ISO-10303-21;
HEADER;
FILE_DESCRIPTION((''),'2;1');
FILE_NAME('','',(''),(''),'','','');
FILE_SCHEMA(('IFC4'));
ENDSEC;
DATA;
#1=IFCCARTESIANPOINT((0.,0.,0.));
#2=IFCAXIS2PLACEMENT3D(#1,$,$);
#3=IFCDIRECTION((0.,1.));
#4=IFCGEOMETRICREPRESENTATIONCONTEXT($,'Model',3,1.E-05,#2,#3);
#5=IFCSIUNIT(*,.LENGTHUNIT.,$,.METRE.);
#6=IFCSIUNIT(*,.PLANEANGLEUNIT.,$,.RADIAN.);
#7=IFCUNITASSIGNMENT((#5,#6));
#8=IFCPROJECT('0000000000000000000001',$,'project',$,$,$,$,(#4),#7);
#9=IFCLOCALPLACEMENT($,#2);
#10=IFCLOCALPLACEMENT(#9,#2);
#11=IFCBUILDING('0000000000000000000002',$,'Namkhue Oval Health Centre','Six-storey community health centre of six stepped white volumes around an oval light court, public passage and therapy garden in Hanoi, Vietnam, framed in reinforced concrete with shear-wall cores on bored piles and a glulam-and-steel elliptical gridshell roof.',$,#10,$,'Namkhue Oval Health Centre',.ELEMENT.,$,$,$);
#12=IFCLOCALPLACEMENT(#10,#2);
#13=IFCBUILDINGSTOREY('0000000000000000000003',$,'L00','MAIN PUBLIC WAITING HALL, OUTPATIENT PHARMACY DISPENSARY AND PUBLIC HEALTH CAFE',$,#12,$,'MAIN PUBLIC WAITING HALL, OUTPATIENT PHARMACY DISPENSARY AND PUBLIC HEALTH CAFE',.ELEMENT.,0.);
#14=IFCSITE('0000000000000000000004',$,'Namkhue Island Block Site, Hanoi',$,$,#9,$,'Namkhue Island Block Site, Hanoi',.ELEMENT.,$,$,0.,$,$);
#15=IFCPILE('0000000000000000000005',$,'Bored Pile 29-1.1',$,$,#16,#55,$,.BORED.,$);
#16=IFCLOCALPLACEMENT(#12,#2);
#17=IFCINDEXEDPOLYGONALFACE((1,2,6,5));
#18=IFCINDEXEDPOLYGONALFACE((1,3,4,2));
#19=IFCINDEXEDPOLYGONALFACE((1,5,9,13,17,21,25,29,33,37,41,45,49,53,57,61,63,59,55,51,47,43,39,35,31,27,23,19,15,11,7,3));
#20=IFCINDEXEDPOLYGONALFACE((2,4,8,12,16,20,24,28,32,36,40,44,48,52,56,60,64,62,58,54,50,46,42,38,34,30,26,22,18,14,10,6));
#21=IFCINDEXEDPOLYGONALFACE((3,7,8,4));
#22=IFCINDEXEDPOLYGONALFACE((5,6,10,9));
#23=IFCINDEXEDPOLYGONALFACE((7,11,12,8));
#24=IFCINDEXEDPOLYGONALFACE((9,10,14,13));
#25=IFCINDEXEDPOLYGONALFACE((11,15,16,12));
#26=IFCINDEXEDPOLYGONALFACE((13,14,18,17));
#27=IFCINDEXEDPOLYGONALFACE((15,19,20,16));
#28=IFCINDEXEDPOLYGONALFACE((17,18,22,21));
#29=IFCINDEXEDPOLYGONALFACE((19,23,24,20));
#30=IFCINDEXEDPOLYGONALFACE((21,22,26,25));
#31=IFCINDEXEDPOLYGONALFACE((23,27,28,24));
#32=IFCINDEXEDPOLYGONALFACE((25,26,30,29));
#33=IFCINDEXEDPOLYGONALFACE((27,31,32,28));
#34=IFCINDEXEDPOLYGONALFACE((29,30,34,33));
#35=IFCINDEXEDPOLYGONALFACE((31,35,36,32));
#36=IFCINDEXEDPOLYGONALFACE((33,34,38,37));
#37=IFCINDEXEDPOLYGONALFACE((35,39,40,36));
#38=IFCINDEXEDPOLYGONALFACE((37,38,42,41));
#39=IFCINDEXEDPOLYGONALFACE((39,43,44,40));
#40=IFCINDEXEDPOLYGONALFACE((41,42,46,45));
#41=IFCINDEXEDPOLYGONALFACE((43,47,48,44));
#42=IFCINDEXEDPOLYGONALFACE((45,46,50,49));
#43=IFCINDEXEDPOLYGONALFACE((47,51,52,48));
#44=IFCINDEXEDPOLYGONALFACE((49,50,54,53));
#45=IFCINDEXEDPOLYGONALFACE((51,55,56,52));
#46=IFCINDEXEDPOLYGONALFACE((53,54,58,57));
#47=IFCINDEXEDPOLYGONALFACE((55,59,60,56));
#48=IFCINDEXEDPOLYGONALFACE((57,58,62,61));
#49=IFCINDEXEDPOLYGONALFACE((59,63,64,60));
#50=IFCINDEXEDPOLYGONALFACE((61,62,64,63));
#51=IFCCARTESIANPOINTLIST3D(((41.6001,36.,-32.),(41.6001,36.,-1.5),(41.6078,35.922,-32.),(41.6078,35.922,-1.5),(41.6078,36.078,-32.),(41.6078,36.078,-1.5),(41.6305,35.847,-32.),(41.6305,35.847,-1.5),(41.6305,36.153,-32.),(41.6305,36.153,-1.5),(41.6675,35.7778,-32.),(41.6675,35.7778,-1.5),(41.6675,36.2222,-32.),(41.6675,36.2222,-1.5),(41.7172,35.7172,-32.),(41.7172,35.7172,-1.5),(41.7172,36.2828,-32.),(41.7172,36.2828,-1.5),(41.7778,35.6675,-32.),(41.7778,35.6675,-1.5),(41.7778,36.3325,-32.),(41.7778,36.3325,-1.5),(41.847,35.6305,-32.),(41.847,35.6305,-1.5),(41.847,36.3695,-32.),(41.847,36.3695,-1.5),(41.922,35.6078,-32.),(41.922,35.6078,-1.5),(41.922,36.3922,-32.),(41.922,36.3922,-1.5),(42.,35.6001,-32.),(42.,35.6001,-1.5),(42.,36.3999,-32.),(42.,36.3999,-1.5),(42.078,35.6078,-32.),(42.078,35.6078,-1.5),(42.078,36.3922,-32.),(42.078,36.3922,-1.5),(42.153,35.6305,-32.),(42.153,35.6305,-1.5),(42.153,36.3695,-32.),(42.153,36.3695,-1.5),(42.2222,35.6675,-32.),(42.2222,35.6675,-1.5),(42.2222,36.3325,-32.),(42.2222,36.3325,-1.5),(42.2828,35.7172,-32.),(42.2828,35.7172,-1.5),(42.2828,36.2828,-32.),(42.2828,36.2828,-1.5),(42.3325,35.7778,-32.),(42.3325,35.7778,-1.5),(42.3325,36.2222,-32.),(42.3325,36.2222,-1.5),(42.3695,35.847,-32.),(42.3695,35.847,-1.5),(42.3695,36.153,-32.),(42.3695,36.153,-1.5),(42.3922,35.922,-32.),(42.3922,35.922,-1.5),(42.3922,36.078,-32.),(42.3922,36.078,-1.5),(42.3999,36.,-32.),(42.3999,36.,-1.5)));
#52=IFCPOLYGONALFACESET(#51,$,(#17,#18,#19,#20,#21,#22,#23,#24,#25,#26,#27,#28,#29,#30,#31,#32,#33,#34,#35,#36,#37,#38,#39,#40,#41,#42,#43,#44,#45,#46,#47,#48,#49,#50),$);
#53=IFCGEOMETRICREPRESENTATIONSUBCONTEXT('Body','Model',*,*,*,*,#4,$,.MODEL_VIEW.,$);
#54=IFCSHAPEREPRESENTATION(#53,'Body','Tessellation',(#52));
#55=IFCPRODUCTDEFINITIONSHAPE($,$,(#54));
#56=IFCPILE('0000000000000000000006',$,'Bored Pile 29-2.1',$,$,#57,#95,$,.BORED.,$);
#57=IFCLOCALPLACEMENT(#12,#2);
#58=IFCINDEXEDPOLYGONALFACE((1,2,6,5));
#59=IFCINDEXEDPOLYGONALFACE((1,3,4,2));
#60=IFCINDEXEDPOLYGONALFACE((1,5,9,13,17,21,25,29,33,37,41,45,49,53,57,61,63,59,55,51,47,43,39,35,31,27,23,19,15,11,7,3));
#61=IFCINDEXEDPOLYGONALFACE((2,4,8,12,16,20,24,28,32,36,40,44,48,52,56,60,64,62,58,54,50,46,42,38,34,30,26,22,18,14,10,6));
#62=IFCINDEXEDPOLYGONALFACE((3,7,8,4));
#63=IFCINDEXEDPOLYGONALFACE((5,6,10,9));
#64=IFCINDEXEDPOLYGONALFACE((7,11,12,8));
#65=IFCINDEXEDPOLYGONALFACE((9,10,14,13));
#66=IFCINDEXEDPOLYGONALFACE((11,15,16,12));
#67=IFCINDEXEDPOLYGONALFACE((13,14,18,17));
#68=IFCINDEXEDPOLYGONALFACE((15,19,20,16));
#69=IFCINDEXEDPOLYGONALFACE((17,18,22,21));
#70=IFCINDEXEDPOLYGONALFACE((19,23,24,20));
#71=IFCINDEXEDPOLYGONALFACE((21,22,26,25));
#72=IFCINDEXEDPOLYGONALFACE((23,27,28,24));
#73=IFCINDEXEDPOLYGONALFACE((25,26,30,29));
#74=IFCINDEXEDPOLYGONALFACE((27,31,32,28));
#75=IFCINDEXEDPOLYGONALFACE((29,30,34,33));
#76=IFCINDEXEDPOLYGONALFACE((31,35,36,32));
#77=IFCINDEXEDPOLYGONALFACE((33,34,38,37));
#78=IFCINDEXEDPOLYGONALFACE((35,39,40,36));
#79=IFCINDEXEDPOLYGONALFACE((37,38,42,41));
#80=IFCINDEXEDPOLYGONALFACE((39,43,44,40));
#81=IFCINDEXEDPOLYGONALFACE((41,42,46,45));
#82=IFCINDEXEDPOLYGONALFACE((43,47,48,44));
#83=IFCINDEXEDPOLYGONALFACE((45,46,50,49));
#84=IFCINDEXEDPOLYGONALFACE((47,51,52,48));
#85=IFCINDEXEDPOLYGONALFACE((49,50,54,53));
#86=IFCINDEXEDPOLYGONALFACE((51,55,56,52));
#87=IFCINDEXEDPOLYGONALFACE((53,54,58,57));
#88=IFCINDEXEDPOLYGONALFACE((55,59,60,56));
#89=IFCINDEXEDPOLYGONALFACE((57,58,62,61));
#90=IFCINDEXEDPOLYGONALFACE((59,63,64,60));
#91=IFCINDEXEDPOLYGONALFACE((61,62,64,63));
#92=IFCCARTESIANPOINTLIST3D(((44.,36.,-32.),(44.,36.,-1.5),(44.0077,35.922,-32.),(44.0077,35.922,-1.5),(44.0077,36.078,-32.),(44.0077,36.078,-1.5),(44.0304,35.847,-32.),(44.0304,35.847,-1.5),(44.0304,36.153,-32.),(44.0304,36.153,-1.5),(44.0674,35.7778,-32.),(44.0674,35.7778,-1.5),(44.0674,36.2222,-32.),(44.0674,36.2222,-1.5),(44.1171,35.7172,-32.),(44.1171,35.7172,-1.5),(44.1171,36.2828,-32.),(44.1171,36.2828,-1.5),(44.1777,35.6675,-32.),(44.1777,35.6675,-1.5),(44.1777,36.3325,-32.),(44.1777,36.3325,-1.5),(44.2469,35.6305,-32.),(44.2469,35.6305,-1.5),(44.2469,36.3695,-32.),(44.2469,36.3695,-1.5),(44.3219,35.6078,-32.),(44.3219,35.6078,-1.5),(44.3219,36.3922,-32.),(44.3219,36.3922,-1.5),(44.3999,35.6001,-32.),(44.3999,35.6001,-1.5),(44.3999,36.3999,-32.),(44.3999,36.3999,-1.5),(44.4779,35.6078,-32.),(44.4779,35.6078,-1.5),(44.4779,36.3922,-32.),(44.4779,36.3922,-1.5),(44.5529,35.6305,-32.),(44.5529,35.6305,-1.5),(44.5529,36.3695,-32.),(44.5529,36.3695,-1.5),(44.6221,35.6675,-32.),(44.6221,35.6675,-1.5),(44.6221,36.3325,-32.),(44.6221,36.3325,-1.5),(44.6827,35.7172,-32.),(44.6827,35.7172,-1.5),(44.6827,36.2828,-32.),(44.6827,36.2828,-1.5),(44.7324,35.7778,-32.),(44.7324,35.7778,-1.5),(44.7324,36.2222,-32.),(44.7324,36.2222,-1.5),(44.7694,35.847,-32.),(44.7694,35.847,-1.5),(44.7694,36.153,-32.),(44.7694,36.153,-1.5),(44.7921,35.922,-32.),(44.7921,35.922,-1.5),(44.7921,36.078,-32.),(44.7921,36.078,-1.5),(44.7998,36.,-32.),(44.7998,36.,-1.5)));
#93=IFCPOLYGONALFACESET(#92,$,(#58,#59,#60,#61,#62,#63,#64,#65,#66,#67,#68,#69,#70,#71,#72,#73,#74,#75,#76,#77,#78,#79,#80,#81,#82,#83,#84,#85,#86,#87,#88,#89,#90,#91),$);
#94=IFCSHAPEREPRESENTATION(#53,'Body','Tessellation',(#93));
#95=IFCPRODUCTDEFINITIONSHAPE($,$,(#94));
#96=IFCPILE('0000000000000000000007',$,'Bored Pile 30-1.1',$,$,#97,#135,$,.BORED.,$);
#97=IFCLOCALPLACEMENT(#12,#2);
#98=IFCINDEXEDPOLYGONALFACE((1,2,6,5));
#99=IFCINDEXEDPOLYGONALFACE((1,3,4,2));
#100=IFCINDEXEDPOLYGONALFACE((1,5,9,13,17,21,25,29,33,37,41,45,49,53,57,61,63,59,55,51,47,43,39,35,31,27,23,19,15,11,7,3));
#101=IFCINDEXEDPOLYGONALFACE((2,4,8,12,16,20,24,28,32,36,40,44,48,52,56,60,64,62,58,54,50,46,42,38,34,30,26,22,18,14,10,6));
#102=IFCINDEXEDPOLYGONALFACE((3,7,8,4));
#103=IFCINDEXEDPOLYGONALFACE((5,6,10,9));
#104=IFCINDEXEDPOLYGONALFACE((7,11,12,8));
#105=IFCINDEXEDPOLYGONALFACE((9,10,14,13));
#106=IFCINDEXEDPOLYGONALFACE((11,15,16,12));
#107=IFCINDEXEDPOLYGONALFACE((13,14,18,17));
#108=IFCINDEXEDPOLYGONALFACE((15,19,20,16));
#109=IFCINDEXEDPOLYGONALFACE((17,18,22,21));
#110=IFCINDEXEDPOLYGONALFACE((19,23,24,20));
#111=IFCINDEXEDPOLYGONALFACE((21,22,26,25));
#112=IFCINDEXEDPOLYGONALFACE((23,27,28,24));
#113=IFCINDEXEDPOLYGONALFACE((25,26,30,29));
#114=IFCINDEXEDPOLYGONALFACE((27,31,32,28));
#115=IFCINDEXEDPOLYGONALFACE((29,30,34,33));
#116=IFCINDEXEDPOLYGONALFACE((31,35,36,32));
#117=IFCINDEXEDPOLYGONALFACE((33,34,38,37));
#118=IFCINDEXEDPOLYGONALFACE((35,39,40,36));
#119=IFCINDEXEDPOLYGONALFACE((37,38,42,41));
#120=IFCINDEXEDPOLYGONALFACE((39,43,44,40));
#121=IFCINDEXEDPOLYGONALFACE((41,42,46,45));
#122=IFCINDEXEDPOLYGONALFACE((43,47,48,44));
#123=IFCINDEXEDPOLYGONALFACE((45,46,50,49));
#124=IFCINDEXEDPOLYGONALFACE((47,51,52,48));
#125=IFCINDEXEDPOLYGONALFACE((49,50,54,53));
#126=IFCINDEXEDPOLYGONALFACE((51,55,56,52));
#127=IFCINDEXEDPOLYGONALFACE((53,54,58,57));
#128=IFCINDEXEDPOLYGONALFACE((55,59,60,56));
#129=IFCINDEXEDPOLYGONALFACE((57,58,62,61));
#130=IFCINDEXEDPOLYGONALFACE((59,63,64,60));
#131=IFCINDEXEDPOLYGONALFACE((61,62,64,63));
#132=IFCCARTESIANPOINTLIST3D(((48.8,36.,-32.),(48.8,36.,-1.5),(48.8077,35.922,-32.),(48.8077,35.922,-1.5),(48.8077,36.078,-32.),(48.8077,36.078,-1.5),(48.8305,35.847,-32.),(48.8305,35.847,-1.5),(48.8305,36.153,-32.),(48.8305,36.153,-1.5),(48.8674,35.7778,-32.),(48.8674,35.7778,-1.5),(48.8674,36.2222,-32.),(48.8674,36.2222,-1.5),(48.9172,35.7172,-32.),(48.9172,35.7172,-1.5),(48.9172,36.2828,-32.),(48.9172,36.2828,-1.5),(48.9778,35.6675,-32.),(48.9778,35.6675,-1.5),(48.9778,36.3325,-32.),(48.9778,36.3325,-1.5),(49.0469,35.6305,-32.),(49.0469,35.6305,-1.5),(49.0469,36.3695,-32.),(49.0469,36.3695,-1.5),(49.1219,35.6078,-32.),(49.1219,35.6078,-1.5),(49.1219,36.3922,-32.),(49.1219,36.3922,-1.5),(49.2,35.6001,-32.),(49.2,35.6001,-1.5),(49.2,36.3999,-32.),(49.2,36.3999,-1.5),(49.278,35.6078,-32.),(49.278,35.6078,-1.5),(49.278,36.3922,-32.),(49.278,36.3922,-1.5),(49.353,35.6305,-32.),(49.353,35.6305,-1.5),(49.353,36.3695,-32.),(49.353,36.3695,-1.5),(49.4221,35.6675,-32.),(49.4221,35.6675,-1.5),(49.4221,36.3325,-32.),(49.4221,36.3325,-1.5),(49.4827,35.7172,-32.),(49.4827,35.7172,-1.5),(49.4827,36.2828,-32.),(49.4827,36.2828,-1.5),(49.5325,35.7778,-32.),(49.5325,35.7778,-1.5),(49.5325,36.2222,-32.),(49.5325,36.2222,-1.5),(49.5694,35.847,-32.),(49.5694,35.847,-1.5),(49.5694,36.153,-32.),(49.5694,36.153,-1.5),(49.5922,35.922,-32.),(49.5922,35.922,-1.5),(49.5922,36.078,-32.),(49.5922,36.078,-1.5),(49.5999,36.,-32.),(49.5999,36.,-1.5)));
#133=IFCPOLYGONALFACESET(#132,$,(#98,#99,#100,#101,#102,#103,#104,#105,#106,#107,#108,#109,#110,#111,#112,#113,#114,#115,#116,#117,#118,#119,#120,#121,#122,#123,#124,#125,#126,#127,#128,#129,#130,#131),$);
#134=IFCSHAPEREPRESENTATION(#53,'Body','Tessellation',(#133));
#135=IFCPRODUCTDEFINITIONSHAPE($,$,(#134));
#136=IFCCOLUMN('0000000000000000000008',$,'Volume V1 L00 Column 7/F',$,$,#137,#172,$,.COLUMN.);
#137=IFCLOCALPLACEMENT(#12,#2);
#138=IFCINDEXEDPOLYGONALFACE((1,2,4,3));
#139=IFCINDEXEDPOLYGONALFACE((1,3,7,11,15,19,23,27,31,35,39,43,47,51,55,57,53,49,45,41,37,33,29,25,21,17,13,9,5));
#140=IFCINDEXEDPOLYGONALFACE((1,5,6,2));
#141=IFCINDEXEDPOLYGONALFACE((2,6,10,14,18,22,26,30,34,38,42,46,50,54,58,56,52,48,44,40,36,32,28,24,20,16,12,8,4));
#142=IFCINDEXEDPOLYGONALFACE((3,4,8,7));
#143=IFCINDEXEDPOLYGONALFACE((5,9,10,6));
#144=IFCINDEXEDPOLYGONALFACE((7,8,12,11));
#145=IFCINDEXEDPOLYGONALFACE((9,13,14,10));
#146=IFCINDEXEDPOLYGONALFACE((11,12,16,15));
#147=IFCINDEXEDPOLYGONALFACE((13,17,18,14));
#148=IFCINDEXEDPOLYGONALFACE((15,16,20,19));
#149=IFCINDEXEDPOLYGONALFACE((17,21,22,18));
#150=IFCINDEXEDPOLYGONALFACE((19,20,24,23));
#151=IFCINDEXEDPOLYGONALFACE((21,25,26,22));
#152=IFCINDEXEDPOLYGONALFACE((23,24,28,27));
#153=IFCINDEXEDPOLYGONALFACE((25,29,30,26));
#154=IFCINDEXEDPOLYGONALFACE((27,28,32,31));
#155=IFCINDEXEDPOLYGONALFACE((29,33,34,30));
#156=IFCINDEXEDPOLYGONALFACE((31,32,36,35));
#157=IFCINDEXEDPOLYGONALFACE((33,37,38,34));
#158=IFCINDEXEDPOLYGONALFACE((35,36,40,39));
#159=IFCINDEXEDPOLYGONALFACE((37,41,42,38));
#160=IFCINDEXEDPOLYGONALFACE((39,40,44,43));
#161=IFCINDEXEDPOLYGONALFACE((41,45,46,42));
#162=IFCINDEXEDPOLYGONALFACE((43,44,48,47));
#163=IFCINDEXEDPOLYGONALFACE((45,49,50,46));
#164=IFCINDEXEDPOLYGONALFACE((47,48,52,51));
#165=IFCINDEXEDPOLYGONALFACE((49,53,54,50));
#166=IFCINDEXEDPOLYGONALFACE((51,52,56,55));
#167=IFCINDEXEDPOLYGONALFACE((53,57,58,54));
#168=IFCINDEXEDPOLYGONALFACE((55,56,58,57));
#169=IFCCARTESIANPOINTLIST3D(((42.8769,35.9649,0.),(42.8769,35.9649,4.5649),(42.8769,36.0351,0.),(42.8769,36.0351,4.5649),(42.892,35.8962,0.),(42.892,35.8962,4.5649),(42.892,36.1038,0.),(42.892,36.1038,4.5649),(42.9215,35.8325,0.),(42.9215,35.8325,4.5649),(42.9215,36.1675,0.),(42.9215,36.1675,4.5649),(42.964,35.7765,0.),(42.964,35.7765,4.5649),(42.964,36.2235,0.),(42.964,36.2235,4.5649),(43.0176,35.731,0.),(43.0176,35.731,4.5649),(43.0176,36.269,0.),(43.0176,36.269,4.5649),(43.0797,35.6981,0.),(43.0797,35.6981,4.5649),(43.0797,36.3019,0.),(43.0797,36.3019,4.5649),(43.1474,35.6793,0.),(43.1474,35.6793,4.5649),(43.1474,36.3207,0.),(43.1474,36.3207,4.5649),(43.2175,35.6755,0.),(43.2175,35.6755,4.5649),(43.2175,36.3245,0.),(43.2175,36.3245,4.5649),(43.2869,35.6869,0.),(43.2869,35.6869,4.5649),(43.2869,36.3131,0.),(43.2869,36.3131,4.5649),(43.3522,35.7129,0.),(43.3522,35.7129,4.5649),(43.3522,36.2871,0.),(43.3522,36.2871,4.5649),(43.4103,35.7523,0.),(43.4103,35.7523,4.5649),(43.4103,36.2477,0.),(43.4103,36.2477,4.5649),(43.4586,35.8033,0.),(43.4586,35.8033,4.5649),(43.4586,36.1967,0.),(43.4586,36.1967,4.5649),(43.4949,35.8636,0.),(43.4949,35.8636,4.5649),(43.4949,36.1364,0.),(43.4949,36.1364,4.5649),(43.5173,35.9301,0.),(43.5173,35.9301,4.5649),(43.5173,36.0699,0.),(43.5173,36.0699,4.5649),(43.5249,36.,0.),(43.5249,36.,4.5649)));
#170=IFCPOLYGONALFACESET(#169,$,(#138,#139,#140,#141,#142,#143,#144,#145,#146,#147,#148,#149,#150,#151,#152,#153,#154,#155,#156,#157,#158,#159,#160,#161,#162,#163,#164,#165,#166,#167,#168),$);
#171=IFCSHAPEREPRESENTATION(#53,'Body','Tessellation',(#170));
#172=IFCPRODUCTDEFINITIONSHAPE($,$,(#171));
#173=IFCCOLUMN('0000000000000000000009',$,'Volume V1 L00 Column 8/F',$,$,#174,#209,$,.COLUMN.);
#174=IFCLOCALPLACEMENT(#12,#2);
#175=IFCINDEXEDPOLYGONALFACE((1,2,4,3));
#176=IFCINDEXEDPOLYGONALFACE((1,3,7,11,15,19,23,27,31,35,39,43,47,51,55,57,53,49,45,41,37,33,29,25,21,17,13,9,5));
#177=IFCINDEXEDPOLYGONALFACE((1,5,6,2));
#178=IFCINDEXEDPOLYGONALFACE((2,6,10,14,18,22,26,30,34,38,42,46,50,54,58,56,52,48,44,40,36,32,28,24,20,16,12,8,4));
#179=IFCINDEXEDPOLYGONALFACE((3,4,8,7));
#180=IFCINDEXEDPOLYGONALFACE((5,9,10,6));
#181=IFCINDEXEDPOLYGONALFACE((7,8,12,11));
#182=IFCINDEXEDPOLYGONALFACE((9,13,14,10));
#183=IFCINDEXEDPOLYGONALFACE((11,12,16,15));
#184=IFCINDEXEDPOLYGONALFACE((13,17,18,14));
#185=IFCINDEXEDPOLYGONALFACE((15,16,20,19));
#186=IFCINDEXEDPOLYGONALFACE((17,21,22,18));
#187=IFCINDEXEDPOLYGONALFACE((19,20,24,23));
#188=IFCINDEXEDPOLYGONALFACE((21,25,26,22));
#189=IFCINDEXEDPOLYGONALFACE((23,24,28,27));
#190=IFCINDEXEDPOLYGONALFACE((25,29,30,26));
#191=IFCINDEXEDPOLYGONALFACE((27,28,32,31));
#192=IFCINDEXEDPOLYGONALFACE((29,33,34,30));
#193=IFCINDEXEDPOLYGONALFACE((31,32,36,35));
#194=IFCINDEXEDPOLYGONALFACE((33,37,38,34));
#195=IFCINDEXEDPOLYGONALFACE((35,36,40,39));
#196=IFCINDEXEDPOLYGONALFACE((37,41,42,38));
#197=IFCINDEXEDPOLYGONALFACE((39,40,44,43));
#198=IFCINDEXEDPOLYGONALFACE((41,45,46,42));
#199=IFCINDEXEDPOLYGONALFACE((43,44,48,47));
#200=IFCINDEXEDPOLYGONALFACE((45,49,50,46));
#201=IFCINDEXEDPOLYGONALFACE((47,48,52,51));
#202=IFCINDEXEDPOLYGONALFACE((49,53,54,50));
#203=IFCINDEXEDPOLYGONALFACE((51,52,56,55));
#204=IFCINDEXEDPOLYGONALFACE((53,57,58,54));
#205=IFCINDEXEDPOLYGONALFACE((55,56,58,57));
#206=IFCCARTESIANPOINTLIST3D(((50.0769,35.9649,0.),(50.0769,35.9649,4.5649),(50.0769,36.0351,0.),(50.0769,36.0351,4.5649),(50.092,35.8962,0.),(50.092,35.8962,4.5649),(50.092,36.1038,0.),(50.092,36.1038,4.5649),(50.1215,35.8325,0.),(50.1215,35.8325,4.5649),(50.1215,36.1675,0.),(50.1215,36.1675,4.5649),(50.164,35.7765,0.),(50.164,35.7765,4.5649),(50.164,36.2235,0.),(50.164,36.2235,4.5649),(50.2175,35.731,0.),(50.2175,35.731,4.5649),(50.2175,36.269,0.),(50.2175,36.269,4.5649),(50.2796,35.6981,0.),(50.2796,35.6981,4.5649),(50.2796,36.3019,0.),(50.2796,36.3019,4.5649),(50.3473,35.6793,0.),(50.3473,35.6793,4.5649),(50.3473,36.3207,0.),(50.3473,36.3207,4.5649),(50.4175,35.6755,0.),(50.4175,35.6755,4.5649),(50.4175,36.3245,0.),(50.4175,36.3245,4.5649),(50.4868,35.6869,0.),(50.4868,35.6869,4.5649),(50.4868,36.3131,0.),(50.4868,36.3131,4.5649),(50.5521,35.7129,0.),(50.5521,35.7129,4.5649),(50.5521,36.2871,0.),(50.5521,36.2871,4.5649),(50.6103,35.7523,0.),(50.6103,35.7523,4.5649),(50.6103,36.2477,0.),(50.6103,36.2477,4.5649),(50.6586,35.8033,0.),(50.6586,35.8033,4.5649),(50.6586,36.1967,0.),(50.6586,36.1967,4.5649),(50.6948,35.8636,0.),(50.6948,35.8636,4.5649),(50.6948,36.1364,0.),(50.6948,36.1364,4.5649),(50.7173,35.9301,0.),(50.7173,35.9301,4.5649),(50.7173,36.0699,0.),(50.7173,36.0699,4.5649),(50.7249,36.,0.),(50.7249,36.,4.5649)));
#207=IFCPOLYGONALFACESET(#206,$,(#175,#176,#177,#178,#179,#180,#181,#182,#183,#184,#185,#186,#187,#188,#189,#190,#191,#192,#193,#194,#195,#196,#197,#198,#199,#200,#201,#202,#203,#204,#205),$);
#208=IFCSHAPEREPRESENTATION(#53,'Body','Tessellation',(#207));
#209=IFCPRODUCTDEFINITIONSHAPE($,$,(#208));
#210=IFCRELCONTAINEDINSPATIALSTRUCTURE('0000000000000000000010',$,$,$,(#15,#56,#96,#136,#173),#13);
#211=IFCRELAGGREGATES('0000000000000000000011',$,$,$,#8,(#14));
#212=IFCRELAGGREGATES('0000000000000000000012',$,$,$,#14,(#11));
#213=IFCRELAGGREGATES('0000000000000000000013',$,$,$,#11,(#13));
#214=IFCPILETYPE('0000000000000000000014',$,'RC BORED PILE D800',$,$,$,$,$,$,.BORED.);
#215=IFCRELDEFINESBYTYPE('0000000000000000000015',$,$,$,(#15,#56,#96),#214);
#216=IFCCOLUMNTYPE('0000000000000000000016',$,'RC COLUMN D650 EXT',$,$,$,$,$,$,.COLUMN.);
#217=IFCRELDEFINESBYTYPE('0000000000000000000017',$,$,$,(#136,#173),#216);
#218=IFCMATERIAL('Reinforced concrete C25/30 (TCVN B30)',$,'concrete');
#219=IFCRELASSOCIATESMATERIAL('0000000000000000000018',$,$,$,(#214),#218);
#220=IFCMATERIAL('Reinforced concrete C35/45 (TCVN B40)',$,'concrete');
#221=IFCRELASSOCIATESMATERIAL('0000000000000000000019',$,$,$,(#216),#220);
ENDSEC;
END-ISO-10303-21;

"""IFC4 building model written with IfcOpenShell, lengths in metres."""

from ifc_helpers import new_model, si_unit, direction, frame, origin, origin_2d, place, context, subcontext, project, spatial, circle, extrude, material, material_profile, profile_set, type_object, element, save


model = new_model("IFC4")

# Units and contexts
model_context = context("Model", 3, precision=1e-05, world=origin(), true_north=direction((0.0, 1.0)))
body_context = subcontext(model_context, "Body", "Model", "MODEL_VIEW")
ifc_project = project(units=[si_unit("LENGTHUNIT", "METRE"), si_unit("PLANEANGLEUNIT", "RADIAN")], contexts=[model_context])

# Site, building, storey
site_placement = place(None, origin())
site = spatial("IfcSite", under=ifc_project, at=site_placement, Name="Namkhue Island Block Site, Hanoi", LongName="Namkhue Island Block Site, Hanoi", CompositionType="ELEMENT", RefElevation=0.0)
building_placement = place(site_placement, origin())
building = spatial("IfcBuilding", under=site, at=building_placement, Name="Namkhue Oval Health Centre", Description="Six-storey community health centre of six stepped white volumes around an oval light court, public passage and therapy garden in Hanoi, Vietnam, framed in reinforced concrete with shear-wall cores on bored piles and a glulam-and-steel elliptical gridshell roof.", LongName="Namkhue Oval Health Centre", CompositionType="ELEMENT")
storey_placement = place(building_placement, origin())
storey = spatial("IfcBuildingStorey", under=building, at=storey_placement, Name="L00", Description="MAIN PUBLIC WAITING HALL, OUTPATIENT PHARMACY DISPENSARY AND PUBLIC HEALTH CAFE", LongName="MAIN PUBLIC WAITING HALL, OUTPATIENT PHARMACY DISPENSARY AND PUBLIC HEALTH CAFE", CompositionType="ELEMENT", Elevation=0.0)

# Piles
ifc_material_1 = material(Name="Reinforced concrete C25/30 (TCVN B30)", Category="concrete")
ifc_material_profile_1 = material_profile(ifc_material_1, circle(Radius=0.3999, at=origin_2d()), Name="BORED PILE D800")
ifc_profile_set_1 = profile_set([ifc_material_profile_1], Name="Reinforced concrete C25/30 (TCVN B30)")
pile_type = type_object("IfcPileType", Name="RC BORED PILE D800", PredefinedType="BORED", material=ifc_profile_set_1)
for number, where, z_axis, x_axis, name in (
    (1, (42.0, 36.0, -1.5), (0.0, 0.0, -1.0), (1.0, 0.0, 0.0), "Bored Pile 29-1.1"),
    (2, (44.3999, 36.0, -1.5), (0.0, 0.0, -1.0), (1.0, 0.0, 0.0), "Bored Pile 29-2.1"),
    (3, (49.2, 36.0, -1.5), (0.0, 0.0, -1.0), (1.0, 0.0, 0.0), "Bored Pile 30-1.1"),
):
    element("IfcPile", number, at=place(storey_placement, frame(where, z_axis=z_axis, x_axis=x_axis)), inside=storey, type_object=pile_type, Name=name, PredefinedType="BORED", context=body_context, shape_type="SweptSolid", body=[
        extrude(circle(Radius=0.3999, at=origin_2d()), origin(), (0.0, 0.0, 1.0), 30.5),
    ])

# Columns
ifc_material_2 = material(Name="Reinforced concrete C35/45 (TCVN B40)", Category="concrete")
ifc_material_profile_2 = material_profile(ifc_material_2, circle(Radius=0.325, at=origin_2d()), Name="RC D650")
ifc_profile_set_2 = profile_set([ifc_material_profile_2], Name="Reinforced concrete C35/45 (TCVN B40)")
column_type = type_object("IfcColumnType", Name="RC COLUMN D650 EXT", PredefinedType="COLUMN", material=ifc_profile_set_2)
for number, where, z_axis, x_axis, name in (
    (4, (43.2, 36.0, 0.0), (0.0, 0.0, 1.0), (1.0, 0.0, 0.0), "Volume V1 L00 Column 7/F"),
    (5, (50.3999, 36.0, 0.0), (0.0, 0.0, 1.0), (1.0, 0.0, 0.0), "Volume V1 L00 Column 8/F"),
):
    element("IfcColumn", number, at=place(storey_placement, frame(where, z_axis=z_axis, x_axis=x_axis)), inside=storey, type_object=column_type, Name=name, PredefinedType="COLUMN", context=body_context, shape_type="SweptSolid", body=[
        extrude(circle(Radius=0.325, at=origin_2d()), origin(), (0.0, 0.0, 1.0), 4.5649),
    ])

save(model, "model.ifc")
